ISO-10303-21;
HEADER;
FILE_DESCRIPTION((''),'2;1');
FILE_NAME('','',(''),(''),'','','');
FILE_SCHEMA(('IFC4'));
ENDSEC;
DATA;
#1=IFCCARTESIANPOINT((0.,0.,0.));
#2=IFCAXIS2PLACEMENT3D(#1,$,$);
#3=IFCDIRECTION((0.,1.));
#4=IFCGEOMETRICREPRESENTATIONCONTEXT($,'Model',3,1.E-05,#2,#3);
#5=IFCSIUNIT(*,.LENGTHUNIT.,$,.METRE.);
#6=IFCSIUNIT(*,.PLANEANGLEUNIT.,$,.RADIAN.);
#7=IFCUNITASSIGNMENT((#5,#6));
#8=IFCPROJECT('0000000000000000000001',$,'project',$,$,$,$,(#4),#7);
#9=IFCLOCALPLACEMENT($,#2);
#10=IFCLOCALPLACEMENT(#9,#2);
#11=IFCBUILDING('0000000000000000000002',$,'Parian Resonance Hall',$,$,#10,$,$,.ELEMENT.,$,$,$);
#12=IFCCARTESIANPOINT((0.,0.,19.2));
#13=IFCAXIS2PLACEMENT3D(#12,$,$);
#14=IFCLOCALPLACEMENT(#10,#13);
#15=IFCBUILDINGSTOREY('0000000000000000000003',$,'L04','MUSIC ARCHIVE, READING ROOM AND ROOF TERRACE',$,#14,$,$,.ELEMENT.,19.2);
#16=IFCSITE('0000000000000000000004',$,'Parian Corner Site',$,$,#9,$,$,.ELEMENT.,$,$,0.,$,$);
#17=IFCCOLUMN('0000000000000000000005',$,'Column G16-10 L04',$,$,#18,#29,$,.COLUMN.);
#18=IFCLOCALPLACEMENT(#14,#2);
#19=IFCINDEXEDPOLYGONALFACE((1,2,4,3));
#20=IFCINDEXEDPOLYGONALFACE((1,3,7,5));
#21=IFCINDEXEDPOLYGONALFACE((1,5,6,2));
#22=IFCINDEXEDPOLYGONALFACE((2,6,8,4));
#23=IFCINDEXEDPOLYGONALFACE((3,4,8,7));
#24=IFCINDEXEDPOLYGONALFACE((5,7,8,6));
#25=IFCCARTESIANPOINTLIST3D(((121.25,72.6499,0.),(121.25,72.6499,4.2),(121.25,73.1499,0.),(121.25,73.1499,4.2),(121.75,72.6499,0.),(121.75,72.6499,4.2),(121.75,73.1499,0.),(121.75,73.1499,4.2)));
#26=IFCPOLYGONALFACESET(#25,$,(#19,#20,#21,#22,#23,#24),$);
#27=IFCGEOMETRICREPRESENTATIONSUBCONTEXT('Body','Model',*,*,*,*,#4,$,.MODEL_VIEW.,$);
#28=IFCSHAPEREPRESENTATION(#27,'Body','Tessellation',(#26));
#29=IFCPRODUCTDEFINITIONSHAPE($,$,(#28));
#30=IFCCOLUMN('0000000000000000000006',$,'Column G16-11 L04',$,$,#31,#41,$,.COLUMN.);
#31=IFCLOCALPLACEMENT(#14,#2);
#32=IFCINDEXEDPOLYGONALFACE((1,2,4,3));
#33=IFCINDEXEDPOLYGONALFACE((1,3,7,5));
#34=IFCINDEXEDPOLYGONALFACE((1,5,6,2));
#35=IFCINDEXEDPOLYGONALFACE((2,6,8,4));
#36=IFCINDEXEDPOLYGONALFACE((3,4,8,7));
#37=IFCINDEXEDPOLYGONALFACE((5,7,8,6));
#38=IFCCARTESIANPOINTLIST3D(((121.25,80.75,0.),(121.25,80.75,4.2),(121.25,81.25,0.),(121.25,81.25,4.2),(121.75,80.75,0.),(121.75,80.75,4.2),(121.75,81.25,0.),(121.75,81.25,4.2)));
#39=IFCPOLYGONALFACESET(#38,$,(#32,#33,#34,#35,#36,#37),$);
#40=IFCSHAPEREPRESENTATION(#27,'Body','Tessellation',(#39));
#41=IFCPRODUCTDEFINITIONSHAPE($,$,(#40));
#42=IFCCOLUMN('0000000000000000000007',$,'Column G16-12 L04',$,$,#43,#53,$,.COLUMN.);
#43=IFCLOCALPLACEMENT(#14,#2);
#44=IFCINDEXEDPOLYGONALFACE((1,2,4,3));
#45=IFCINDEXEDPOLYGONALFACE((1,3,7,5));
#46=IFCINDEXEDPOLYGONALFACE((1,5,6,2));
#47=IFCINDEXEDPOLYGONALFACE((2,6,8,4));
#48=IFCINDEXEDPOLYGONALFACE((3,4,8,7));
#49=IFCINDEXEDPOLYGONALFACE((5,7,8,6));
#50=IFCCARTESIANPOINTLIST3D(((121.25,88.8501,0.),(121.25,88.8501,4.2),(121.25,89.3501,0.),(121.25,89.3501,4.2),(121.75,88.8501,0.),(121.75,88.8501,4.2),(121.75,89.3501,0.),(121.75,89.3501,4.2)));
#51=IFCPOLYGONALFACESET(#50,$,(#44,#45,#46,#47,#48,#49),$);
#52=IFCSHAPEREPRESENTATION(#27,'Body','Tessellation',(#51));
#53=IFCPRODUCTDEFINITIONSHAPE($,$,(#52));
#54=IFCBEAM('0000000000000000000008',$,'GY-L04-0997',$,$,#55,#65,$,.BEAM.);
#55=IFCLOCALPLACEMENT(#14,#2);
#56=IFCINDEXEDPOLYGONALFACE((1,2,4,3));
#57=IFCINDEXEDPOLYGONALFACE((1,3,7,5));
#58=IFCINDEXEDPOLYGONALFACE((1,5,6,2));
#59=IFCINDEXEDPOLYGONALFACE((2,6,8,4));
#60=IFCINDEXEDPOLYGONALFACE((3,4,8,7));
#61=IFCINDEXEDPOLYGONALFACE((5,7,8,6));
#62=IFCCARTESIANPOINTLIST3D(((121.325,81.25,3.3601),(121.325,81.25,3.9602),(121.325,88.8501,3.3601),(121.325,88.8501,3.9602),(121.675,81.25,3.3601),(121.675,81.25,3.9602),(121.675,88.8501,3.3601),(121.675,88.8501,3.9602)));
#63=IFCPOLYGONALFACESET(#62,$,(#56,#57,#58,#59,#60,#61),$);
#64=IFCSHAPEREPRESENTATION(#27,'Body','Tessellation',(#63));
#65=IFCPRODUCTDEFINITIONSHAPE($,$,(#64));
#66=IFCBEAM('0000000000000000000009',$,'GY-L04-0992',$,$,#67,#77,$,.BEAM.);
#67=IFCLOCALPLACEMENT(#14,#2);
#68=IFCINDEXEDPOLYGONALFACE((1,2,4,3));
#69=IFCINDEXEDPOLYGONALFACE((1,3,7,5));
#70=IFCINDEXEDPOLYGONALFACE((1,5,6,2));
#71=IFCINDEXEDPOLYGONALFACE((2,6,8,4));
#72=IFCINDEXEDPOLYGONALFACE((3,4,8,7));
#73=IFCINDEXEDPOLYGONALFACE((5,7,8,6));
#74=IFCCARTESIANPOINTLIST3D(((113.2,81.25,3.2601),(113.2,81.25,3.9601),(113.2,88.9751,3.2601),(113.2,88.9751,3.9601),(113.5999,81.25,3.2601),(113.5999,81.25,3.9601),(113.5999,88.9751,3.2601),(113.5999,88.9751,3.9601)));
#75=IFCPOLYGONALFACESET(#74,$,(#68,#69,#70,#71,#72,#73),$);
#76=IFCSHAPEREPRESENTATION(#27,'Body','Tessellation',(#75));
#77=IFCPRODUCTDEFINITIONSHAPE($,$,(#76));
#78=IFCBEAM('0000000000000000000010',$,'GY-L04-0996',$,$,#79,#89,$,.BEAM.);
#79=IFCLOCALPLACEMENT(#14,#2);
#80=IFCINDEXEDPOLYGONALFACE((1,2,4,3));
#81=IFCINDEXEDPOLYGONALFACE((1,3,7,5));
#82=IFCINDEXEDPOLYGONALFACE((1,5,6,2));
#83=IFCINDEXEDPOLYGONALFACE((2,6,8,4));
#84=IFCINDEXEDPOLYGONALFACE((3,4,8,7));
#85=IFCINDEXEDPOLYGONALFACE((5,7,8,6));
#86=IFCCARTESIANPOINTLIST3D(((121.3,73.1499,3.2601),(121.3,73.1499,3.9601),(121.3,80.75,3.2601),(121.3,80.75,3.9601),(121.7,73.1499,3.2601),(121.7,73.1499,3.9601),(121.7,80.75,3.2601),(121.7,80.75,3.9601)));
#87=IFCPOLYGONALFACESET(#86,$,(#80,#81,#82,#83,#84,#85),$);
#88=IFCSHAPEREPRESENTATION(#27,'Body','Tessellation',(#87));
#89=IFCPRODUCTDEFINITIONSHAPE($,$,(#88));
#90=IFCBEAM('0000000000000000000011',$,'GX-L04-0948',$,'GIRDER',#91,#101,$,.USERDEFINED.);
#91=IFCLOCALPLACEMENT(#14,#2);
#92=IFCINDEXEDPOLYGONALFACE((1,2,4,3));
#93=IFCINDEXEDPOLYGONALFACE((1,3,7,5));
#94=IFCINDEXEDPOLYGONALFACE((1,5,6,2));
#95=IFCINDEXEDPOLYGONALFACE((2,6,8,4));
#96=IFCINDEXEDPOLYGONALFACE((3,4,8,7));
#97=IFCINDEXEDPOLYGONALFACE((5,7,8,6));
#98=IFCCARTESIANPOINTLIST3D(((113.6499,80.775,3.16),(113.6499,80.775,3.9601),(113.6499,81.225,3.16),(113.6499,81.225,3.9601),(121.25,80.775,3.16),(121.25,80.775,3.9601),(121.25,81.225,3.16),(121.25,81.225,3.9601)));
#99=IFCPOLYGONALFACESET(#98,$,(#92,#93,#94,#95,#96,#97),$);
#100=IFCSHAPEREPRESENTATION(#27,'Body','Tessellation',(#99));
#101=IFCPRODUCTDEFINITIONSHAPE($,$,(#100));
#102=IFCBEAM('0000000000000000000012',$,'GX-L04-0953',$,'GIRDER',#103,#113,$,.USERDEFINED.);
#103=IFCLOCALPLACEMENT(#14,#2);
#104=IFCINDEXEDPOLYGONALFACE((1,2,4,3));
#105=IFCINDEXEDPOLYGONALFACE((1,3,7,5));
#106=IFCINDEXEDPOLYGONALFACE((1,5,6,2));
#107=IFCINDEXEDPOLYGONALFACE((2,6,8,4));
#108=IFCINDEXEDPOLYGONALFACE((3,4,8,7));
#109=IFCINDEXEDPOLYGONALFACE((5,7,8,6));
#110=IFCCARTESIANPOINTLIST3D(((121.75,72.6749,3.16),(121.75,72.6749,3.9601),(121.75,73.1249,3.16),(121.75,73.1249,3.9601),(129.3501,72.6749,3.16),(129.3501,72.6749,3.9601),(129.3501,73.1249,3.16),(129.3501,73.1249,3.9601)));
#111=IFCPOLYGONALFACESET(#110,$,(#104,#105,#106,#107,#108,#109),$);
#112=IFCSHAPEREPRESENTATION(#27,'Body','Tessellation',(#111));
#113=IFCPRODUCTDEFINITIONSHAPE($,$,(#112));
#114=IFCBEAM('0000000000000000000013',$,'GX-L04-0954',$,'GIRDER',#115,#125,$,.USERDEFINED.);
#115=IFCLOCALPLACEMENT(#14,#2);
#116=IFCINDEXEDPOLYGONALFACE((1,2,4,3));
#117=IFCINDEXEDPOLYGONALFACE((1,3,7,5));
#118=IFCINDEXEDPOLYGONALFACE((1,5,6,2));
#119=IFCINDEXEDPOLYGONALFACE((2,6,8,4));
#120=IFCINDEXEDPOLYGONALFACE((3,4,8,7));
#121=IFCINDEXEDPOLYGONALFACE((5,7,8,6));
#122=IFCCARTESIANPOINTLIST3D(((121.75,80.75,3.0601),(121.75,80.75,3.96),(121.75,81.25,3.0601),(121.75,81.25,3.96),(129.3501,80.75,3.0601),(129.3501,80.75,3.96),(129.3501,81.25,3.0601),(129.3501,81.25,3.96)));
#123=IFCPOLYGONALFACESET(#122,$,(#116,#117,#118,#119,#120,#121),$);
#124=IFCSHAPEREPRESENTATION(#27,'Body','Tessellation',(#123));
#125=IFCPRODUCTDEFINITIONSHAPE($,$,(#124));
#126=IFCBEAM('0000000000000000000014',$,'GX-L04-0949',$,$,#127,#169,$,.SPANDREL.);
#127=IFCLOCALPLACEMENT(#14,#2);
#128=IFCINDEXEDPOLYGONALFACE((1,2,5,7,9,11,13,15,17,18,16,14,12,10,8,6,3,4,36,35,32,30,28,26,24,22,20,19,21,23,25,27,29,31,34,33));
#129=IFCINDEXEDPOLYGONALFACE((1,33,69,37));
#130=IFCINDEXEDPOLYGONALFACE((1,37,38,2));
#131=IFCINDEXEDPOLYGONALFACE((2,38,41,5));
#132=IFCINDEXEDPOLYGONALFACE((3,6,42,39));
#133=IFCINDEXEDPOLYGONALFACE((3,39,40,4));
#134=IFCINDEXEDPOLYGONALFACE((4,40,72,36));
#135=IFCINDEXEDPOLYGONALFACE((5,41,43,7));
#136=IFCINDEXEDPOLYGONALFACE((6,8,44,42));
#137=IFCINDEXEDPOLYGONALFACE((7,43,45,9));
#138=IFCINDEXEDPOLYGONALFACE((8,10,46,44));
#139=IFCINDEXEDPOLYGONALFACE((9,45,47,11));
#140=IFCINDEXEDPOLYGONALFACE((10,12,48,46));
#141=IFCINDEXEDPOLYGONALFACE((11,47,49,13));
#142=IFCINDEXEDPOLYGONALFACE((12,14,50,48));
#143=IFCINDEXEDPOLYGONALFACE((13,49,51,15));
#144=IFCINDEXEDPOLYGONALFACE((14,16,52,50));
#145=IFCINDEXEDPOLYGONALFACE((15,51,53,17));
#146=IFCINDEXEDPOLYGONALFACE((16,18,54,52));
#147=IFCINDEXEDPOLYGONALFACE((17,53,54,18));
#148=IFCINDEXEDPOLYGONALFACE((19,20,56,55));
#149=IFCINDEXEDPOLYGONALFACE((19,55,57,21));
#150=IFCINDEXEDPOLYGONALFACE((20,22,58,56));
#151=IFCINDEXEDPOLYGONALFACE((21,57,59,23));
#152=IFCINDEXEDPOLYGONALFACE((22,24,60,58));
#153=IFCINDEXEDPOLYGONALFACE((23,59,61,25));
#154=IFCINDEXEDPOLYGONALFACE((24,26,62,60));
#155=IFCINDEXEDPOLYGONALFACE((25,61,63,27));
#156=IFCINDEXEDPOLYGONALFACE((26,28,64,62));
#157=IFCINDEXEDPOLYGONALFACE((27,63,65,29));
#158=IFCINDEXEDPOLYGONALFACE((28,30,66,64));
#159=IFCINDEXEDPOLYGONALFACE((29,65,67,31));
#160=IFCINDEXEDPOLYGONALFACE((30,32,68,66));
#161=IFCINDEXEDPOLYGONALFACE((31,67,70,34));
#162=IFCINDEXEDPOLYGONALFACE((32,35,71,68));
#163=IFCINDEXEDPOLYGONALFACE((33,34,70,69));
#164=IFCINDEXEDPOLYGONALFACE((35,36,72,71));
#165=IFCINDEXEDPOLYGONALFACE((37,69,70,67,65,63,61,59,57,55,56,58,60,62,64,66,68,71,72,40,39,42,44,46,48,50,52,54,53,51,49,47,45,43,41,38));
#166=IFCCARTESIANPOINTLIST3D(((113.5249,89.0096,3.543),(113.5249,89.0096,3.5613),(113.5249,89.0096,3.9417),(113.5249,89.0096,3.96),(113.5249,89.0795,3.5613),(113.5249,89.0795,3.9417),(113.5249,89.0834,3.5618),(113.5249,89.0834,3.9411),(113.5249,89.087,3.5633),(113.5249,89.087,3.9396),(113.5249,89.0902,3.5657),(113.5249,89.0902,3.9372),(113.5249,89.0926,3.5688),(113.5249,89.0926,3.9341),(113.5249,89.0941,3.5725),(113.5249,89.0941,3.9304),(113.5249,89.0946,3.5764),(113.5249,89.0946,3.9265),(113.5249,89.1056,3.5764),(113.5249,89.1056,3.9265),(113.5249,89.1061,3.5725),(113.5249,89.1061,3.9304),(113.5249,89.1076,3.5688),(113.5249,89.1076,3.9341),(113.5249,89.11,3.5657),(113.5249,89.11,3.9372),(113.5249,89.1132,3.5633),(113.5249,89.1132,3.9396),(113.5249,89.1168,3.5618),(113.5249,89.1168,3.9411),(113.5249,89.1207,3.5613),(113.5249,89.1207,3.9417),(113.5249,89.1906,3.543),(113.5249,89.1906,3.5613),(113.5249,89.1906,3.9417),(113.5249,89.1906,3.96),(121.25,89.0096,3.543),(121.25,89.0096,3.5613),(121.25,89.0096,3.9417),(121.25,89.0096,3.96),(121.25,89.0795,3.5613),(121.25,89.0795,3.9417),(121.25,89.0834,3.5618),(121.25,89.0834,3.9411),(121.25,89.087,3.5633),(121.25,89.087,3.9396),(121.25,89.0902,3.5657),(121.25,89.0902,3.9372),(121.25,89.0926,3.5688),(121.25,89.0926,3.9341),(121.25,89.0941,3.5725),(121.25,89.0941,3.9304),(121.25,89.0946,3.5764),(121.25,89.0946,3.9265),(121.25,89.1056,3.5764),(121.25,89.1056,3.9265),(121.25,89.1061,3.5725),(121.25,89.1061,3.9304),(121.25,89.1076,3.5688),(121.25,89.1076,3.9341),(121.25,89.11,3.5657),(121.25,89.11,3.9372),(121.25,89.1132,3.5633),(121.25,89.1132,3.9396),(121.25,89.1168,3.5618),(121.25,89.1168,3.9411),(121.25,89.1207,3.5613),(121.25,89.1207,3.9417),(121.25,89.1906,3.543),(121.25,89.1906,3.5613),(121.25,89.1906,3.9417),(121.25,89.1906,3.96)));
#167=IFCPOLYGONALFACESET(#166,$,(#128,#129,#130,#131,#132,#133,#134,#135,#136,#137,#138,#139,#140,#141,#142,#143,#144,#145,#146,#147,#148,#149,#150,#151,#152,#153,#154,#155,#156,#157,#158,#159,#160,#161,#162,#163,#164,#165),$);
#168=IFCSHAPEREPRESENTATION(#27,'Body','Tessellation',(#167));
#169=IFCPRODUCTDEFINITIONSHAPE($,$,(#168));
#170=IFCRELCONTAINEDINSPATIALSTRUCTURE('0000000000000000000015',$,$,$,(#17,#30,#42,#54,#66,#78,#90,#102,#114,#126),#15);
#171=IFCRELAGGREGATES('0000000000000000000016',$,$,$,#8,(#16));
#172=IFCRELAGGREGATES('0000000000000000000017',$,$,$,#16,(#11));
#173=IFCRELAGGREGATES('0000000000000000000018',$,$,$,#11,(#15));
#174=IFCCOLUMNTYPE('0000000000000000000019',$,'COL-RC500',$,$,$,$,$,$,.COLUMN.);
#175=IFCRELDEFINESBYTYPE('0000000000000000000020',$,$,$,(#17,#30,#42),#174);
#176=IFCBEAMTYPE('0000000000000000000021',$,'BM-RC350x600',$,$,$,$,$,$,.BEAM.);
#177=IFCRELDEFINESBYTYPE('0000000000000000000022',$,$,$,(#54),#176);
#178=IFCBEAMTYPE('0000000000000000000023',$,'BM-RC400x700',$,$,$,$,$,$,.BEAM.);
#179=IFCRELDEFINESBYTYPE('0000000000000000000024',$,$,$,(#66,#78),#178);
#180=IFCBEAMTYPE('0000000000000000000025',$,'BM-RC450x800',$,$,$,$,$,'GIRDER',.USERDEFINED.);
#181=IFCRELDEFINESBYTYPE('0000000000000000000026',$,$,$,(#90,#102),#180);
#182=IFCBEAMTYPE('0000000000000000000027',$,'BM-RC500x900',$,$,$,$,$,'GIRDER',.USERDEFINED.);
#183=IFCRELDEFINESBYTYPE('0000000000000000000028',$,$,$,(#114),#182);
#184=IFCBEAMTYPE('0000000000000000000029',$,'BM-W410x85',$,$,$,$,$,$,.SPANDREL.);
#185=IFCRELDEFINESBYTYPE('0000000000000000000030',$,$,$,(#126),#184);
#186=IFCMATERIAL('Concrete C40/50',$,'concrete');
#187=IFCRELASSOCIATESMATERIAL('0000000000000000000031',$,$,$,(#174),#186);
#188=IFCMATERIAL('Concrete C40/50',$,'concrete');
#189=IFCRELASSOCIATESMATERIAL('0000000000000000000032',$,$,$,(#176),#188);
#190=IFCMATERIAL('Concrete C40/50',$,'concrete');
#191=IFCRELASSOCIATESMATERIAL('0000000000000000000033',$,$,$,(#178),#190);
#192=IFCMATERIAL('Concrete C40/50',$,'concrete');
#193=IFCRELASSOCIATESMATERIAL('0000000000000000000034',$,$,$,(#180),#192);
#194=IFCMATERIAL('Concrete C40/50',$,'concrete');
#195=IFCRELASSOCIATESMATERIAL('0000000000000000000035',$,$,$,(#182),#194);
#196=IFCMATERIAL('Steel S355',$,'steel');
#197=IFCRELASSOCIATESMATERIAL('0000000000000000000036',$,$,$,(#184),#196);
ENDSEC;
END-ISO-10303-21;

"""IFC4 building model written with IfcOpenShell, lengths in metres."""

from ifc_helpers import new_model, si_unit, direction, frame, origin, origin_2d, place, context, subcontext, project, spatial, rectangle, i_section, extrude, material, material_profile, profile_set, type_object, element, save


model = new_model("IFC4")

# Units and contexts
model_context = context("Model", 3, precision=1e-05, world=origin(), true_north=direction((0.0, 1.0)))
body_context = subcontext(model_context, "Body", "Model", "MODEL_VIEW")
ifc_project = project(units=[si_unit("LENGTHUNIT", "METRE"), si_unit("PLANEANGLEUNIT", "RADIAN")], contexts=[model_context])

# Site, building, storey
site_placement = place(None, origin())
site = spatial("IfcSite", under=ifc_project, at=site_placement, Name="Parian Corner Site", CompositionType="ELEMENT", RefElevation=0.0)
building_placement = place(site_placement, origin())
building = spatial("IfcBuilding", under=site, at=building_placement, Name="Parian Resonance Hall", CompositionType="ELEMENT")
storey_placement = place(building_placement, frame((0.0, 0.0, 19.2)))
storey = spatial("IfcBuildingStorey", under=building, at=storey_placement, Name="L04", Description="MUSIC ARCHIVE, READING ROOM AND ROOF TERRACE", CompositionType="ELEMENT", Elevation=19.2)

# Columns
ifc_material_1 = material(Name="Concrete C40/50", Category="concrete")
ifc_material_profile_1 = material_profile(ifc_material_1, rectangle(XDim=0.5, YDim=0.5, at=origin_2d()), Name="RC-COL-500x500")
ifc_profile_set_1 = profile_set([ifc_material_profile_1], Name="Concrete C40/50")
column_type = type_object("IfcColumnType", Name="COL-RC500", PredefinedType="COLUMN", material=ifc_profile_set_1)
for number, where, z_axis, x_axis, name in (
    (1, (121.5, 72.8999, 0.0), (0.0, 0.0, 1.0), (1.0, 0.0, 0.0), "Column G16-10 L04"),
    (2, (121.5, 81.0, 0.0), (0.0, 0.0, 1.0), (1.0, 0.0, 0.0), "Column G16-11 L04"),
    (3, (121.5, 89.1001, 0.0), (0.0, 0.0, 1.0), (1.0, 0.0, 0.0), "Column G16-12 L04"),
):
    element("IfcColumn", number, at=place(storey_placement, frame(where, z_axis=z_axis, x_axis=x_axis)), inside=storey, type_object=column_type, Name=name, PredefinedType="COLUMN", context=body_context, shape_type="SweptSolid", body=[
        extrude(rectangle(XDim=0.5, YDim=0.5, at=origin_2d()), origin(), (0.0, 0.0, 1.0), 4.2),
    ])

# Beams
ifc_material_2 = material(Name="Concrete C40/50", Category="concrete")
ifc_material_profile_2 = material_profile(ifc_material_2, rectangle(XDim=0.3501, YDim=0.6001, at=origin_2d()), Name="RC-BM-350x600")
ifc_profile_set_2 = profile_set([ifc_material_profile_2], Name="Concrete C40/50")
beam_type_1 = type_object("IfcBeamType", Name="BM-RC350x600", PredefinedType="BEAM", material=ifc_profile_set_2)
beam_1_placement = place(storey_placement, frame((121.5, 81.25, 3.6602), z_axis=(0.0, 1.0, 0.0), x_axis=(-1.0, 0.0, 0.0)))
element("IfcBeam", 4, at=beam_1_placement, inside=storey, type_object=beam_type_1, Name="GY-L04-0997", PredefinedType="BEAM", context=body_context, shape_type="SweptSolid", body=[
    extrude(rectangle(XDim=0.3501, YDim=0.6001, at=origin_2d()), origin(), (0.0, 0.0, 1.0), 7.6001),
])
ifc_material_3 = material(Name="Concrete C40/50", Category="concrete")
ifc_material_profile_3 = material_profile(ifc_material_3, rectangle(XDim=0.3999, YDim=0.7, at=origin_2d()), Name="RC-BM-400x700")
ifc_profile_set_3 = profile_set([ifc_material_profile_3], Name="Concrete C40/50")
beam_type_2 = type_object("IfcBeamType", Name="BM-RC400x700", PredefinedType="BEAM", material=ifc_profile_set_3)
beam_2_placement = place(storey_placement, frame((113.3999, 81.25, 3.6101), z_axis=(0.0, 1.0, 0.0), x_axis=(-1.0, 0.0, 0.0)))
element("IfcBeam", 5, at=beam_2_placement, inside=storey, type_object=beam_type_2, Name="GY-L04-0992", PredefinedType="BEAM", context=body_context, shape_type="SweptSolid", body=[
    extrude(rectangle(XDim=0.3999, YDim=0.7, at=origin_2d()), origin(), (0.0, 0.0, 1.0), 7.7251),
])
beam_3_placement = place(storey_placement, frame((121.5, 73.1499, 3.6101), z_axis=(0.0, 1.0, 0.0), x_axis=(-1.0, 0.0, 0.0)))
element("IfcBeam", 6, at=beam_3_placement, inside=storey, type_object=beam_type_2, Name="GY-L04-0996", PredefinedType="BEAM", context=body_context, shape_type="SweptSolid", body=[
    extrude(rectangle(XDim=0.3999, YDim=0.7, at=origin_2d()), origin(), (0.0, 0.0, 1.0), 7.6001),
])
ifc_material_4 = material(Name="Concrete C40/50", Category="concrete")
ifc_material_profile_4 = material_profile(ifc_material_4, rectangle(XDim=0.45, YDim=0.8, at=origin_2d()), Name="RC-BM-450x800")
ifc_profile_set_4 = profile_set([ifc_material_profile_4], Name="Concrete C40/50")
beam_type_3 = type_object("IfcBeamType", Name="BM-RC450x800", ElementType="GIRDER", PredefinedType="USERDEFINED", material=ifc_profile_set_4)
for number, where, z_axis, x_axis, name in (
    (7, (113.6499, 81.0, 3.5601), (1.0, 0.0, 0.0), (0.0, 1.0, 0.0), "GX-L04-0948"),
    (8, (121.75, 72.8999, 3.5601), (1.0, 0.0, 0.0), (0.0, 1.0, 0.0), "GX-L04-0953"),
):
    element("IfcBeam", number, at=place(storey_placement, frame(where, z_axis=z_axis, x_axis=x_axis)), inside=storey, type_object=beam_type_3, Name=name, ObjectType="GIRDER", PredefinedType="USERDEFINED", context=body_context, shape_type="SweptSolid", body=[
        extrude(rectangle(XDim=0.45, YDim=0.8, at=origin_2d()), origin(), (0.0, 0.0, 1.0), 7.6001),
    ])
ifc_material_5 = material(Name="Concrete C40/50", Category="concrete")
ifc_material_profile_5 = material_profile(ifc_material_5, rectangle(XDim=0.5, YDim=0.8999, at=origin_2d()), Name="RC-BM-500x900")
ifc_profile_set_5 = profile_set([ifc_material_profile_5], Name="Concrete C40/50")
beam_type_4 = type_object("IfcBeamType", Name="BM-RC500x900", ElementType="GIRDER", PredefinedType="USERDEFINED", material=ifc_profile_set_5)
beam_4_placement = place(storey_placement, frame((121.75, 81.0, 3.51), z_axis=(1.0, 0.0, 0.0), x_axis=(0.0, 1.0, 0.0)))
element("IfcBeam", 9, at=beam_4_placement, inside=storey, type_object=beam_type_4, Name="GX-L04-0954", ObjectType="GIRDER", PredefinedType="USERDEFINED", context=body_context, shape_type="SweptSolid", body=[
    extrude(rectangle(XDim=0.5, YDim=0.8999, at=origin_2d()), origin(), (0.0, 0.0, 1.0), 7.6001),
])
ifc_material_6 = material(Name="Steel S355", Category="steel")
ifc_material_profile_6 = material_profile(ifc_material_6, i_section(OverallWidth=0.1809, OverallDepth=0.417, WebThickness=0.011, FlangeThickness=0.0183, FilletRadius=0.0151, at=origin_2d()), Name="W410x85")
ifc_profile_set_6 = profile_set([ifc_material_profile_6], Name="Steel S355")
beam_type_5 = type_object("IfcBeamType", Name="BM-W410x85", PredefinedType="SPANDREL", material=ifc_profile_set_6)
beam_5_placement = place(storey_placement, frame((113.5249, 89.1001, 3.7515), z_axis=(1.0, 0.0, 0.0), x_axis=(0.0, 1.0, 0.0)))
element("IfcBeam", 10, at=beam_5_placement, inside=storey, type_object=beam_type_5, Name="GX-L04-0949", PredefinedType="SPANDREL", context=body_context, shape_type="SweptSolid", body=[
    extrude(i_section(OverallWidth=0.1809, OverallDepth=0.417, WebThickness=0.011, FlangeThickness=0.0183, FilletRadius=0.0151, at=origin_2d()), origin(), (0.0, 0.0, 1.0), 7.7251),
])

save(model, "model.ifc")
